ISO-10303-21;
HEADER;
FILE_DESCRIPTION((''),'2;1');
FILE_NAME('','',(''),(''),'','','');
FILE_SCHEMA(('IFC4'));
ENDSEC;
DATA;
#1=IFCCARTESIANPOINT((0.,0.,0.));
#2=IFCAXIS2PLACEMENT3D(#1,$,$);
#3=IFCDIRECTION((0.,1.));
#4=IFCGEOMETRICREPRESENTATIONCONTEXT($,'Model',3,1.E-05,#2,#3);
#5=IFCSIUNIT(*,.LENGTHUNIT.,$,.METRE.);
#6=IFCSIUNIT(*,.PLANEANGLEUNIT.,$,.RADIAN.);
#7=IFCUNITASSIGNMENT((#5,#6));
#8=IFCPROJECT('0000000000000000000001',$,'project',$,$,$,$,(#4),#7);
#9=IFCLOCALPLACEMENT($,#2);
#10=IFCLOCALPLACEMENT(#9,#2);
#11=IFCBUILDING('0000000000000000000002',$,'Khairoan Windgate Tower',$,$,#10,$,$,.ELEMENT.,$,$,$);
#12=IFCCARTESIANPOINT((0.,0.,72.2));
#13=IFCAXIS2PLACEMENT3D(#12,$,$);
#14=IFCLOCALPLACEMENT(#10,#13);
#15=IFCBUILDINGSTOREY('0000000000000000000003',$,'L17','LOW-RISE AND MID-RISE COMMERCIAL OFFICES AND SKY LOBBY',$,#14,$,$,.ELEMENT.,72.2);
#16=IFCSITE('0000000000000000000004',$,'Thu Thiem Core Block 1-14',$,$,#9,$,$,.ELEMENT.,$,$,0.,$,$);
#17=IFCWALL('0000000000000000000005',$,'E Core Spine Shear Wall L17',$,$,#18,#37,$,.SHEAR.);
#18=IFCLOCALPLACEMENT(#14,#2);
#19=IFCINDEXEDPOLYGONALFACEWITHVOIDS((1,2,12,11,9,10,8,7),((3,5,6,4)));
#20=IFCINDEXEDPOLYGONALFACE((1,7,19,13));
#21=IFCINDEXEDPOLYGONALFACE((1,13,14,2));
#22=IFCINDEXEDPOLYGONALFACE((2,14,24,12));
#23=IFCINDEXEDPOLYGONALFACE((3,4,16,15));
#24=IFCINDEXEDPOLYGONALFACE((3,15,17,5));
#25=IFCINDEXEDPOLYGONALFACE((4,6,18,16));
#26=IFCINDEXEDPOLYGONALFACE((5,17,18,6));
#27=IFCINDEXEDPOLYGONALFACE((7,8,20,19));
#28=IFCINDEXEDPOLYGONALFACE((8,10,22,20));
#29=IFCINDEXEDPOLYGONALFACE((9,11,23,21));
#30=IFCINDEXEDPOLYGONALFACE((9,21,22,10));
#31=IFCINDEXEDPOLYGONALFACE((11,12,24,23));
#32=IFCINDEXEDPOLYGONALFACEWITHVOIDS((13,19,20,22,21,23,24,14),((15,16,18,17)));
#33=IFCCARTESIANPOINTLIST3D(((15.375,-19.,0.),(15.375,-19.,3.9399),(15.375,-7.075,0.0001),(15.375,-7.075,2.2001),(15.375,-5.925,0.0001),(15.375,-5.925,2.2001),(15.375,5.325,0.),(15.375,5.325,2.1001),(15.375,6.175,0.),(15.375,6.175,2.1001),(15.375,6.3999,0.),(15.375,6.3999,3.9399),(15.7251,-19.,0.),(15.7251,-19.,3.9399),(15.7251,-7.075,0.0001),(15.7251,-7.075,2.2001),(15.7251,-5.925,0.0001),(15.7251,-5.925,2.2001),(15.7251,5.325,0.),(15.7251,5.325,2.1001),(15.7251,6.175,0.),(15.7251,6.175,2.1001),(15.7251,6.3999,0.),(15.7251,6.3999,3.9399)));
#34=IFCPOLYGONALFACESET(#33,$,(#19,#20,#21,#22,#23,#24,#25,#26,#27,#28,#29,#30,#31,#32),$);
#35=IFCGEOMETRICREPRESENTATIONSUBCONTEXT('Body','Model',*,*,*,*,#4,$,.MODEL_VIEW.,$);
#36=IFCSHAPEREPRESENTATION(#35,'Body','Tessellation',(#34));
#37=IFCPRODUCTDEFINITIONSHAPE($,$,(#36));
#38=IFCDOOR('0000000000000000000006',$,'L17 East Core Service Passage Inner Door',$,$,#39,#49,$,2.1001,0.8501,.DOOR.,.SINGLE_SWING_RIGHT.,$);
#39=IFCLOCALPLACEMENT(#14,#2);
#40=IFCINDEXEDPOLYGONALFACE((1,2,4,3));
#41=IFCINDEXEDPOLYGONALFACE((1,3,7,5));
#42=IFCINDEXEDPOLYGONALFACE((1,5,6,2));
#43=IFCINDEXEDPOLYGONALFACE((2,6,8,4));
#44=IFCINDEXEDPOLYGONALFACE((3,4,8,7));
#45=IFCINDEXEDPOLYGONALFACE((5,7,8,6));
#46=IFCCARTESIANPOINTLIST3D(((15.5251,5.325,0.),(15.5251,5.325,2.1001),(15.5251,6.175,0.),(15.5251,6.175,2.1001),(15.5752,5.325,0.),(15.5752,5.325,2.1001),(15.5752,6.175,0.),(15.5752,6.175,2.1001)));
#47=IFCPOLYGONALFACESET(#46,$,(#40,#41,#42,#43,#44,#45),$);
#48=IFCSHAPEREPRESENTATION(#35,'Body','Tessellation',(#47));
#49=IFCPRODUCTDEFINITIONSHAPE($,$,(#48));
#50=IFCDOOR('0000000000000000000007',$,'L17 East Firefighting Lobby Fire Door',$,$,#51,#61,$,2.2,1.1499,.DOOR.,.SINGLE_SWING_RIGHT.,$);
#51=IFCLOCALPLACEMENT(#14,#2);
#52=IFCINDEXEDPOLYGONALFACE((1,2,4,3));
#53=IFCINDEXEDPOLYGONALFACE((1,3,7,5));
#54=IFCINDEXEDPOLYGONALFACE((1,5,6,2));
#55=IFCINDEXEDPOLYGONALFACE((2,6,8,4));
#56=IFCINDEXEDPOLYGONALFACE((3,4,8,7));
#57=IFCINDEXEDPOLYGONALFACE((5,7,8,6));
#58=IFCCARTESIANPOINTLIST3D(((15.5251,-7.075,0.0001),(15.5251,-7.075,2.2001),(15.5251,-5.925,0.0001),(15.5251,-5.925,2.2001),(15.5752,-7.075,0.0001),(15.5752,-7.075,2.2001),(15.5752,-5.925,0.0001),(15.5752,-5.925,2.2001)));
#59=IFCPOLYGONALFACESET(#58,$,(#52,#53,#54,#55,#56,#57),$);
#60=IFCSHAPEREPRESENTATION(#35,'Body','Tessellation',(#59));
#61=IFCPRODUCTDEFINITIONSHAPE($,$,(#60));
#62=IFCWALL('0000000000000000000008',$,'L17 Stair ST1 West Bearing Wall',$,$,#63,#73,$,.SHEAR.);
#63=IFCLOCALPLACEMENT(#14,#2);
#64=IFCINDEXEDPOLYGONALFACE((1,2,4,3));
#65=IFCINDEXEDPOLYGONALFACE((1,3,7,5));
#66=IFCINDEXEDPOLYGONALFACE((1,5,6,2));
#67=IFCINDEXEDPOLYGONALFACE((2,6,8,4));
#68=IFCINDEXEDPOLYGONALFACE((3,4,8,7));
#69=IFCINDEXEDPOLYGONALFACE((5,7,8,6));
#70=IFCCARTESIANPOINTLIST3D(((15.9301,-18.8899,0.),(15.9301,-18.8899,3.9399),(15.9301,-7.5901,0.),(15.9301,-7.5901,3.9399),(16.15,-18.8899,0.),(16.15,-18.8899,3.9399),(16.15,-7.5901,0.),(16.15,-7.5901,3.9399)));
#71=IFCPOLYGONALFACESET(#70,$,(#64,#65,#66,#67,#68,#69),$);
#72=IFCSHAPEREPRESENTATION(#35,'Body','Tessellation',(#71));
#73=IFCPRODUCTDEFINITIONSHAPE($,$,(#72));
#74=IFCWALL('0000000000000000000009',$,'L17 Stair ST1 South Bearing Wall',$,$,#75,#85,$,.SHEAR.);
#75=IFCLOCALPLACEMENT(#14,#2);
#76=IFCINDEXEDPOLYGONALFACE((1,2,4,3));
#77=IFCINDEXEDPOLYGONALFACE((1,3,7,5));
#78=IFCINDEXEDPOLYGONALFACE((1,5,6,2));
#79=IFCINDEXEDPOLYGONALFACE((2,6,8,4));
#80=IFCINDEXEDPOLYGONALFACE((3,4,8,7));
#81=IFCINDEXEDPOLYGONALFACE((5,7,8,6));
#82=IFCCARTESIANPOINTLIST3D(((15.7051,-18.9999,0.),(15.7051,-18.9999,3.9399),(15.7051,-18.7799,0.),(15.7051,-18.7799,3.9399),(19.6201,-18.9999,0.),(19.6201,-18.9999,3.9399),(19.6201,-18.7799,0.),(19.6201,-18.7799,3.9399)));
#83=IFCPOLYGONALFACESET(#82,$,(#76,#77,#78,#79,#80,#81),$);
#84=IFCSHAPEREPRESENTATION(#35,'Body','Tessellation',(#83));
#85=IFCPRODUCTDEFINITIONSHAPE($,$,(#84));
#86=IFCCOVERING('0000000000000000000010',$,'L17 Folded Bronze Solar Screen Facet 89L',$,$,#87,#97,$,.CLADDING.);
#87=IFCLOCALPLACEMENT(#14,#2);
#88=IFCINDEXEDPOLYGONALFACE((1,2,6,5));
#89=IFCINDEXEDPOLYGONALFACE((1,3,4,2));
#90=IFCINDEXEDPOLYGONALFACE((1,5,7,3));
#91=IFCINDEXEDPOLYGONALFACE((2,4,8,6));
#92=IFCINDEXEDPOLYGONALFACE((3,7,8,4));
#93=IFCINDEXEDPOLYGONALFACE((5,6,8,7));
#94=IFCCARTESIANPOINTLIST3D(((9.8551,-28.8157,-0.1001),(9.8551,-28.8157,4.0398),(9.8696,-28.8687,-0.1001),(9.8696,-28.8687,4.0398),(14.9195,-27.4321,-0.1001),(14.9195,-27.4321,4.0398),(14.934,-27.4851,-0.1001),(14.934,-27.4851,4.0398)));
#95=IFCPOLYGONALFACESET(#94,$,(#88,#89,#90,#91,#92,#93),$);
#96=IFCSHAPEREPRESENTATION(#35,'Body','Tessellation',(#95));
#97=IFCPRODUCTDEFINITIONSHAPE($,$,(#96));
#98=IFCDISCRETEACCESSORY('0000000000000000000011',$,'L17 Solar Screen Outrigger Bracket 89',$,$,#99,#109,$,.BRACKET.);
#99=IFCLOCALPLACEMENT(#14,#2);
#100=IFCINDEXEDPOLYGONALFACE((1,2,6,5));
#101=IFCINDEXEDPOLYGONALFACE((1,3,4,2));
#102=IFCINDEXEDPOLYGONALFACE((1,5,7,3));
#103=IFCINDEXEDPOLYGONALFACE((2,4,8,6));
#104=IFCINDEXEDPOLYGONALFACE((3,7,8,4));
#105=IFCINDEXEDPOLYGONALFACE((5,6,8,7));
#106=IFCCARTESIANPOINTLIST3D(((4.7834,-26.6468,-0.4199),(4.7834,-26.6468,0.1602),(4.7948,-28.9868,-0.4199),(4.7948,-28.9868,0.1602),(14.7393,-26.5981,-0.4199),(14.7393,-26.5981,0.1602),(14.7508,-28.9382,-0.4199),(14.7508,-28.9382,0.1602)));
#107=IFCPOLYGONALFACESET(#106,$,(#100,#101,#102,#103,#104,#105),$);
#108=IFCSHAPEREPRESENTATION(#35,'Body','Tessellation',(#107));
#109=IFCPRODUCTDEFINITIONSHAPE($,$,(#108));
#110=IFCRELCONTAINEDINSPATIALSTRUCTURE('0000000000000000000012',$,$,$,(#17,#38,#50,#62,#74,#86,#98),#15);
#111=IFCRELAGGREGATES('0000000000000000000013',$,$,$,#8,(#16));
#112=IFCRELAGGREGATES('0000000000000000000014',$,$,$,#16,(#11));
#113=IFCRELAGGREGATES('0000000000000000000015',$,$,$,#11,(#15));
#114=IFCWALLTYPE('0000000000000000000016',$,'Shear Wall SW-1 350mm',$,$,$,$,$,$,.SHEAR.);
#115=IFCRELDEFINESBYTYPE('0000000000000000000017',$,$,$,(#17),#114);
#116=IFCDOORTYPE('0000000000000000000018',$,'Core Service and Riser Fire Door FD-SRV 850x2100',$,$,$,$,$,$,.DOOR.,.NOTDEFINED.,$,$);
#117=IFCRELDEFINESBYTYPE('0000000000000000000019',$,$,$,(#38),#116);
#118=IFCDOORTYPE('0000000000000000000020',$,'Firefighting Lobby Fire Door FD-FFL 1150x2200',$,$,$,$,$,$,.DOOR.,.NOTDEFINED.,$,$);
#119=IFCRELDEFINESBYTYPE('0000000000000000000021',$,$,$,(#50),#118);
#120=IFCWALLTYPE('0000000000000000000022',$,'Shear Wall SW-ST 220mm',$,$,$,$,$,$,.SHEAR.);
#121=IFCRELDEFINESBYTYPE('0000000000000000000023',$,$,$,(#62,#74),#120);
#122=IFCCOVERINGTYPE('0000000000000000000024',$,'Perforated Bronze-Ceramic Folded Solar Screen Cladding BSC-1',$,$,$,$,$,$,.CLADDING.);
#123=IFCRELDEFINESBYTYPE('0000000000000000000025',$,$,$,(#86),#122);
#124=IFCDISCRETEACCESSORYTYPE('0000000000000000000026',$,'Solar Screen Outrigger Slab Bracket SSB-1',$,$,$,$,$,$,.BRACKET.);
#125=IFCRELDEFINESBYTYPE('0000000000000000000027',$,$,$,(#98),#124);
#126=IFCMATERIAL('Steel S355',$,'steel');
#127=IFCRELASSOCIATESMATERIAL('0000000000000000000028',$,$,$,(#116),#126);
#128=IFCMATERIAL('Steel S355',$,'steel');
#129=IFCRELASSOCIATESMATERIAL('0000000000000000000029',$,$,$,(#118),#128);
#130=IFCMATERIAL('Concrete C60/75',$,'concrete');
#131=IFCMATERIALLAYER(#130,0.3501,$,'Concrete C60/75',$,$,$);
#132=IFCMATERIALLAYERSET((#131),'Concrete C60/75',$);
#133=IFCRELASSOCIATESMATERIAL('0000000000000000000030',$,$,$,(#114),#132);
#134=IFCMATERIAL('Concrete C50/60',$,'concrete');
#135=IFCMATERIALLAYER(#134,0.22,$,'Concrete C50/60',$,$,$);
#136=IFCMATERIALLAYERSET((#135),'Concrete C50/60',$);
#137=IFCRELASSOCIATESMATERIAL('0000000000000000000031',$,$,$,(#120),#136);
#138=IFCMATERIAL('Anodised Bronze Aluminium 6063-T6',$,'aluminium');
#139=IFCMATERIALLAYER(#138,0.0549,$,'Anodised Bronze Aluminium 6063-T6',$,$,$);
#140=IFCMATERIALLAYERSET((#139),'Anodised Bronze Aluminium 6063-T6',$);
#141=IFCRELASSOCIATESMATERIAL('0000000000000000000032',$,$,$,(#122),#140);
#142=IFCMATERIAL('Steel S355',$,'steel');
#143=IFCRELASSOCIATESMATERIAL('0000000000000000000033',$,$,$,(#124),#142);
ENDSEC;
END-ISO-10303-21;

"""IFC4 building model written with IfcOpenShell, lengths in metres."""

from ifc_helpers import new_model, si_unit, direction, frame, frame_2d, origin, origin_2d, place, context, subcontext, project, spatial, rectangle, extrude, material, layer, layer_set, type_object, element, fill, save


model = new_model("IFC4")

# Units and contexts
model_context = context("Model", 3, precision=1e-05, world=origin(), true_north=direction((0.0, 1.0)))
body_context = subcontext(model_context, "Body", "Model", "MODEL_VIEW")
ifc_project = project(units=[si_unit("LENGTHUNIT", "METRE"), si_unit("PLANEANGLEUNIT", "RADIAN")], contexts=[model_context])

# Site, building, storey
site_placement = place(None, origin())
site = spatial("IfcSite", under=ifc_project, at=site_placement, Name="Thu Thiem Core Block 1-14", CompositionType="ELEMENT", RefElevation=0.0)
building_placement = place(site_placement, origin())
building = spatial("IfcBuilding", under=site, at=building_placement, Name="Khairoan Windgate Tower", CompositionType="ELEMENT")
storey_placement = place(building_placement, frame((0.0, 0.0, 72.2)))
storey = spatial("IfcBuildingStorey", under=building, at=storey_placement, Name="L17", Description="LOW-RISE AND MID-RISE COMMERCIAL OFFICES AND SKY LOBBY", CompositionType="ELEMENT", Elevation=72.2)

# Shared definitions
ifc_material_1 = material(Name="Steel S355", Category="steel")
door_type_1 = type_object("IfcDoorType", Name="Core Service and Riser Fire Door FD-SRV 850x2100", OperationType="NOTDEFINED", PredefinedType="DOOR", material=ifc_material_1)

# Shared definitions
ifc_material_2 = material(Name="Steel S355", Category="steel")
door_type_2 = type_object("IfcDoorType", Name="Firefighting Lobby Fire Door FD-FFL 1150x2200", OperationType="NOTDEFINED", PredefinedType="DOOR", material=ifc_material_2)

# Wall, openings, doors
ifc_material_3 = material(Name="Concrete C60/75", Category="concrete")
ifc_layer_1 = layer(ifc_material_3, 0.3501, Name="Concrete C60/75")
ifc_layer_set_1 = layer_set([ifc_layer_1], Name="Concrete C60/75")
wall_type_1 = type_object("IfcWallType", Name="Shear Wall SW-1 350mm", PredefinedType="SHEAR", material=ifc_layer_set_1)
wall_1_placement = place(storey_placement, frame((15.55, -19.0, 0.0), z_axis=(0.0, 0.0, 1.0), x_axis=(0.0, 1.0, 0.0)))
wall_1 = element("IfcWall", 1, at=wall_1_placement, inside=storey, type_object=wall_type_1, Name="E Core Spine Shear Wall L17", PredefinedType="SHEAR", context=body_context, shape_type="SweptSolid", body=[
    extrude(rectangle(XDim=25.3999, YDim=0.3501, at=frame_2d((12.7, 0.0))), origin(), (0.0, 0.0, 1.0), 3.9399),
])
opening_1_placement = place(wall_1_placement, frame((11.925, 0.0, 0.0)))
opening_1 = element("IfcOpeningElement", 2, at=opening_1_placement, cuts=wall_1, PredefinedType="OPENING", context=body_context, shape_type="SweptSolid", body=[
    extrude(rectangle(XDim=1.1499, YDim=2.2, at=frame_2d((0.575, 1.1001))), frame((0.0, 0.1851, 0.0), z_axis=(0.0, -1.0, 0.0), x_axis=(1.0, 0.0, 0.0)), (0.0, 0.0, 1.0), 0.3701),
])
opening_2_placement = place(wall_1_placement, frame((24.325, 0.0, 0.0)))
opening_2 = element("IfcOpeningElement", 3, at=opening_2_placement, cuts=wall_1, PredefinedType="OPENING", context=body_context, shape_type="SweptSolid", body=[
    extrude(rectangle(XDim=0.8501, YDim=2.1001, at=frame_2d((0.425, 1.05))), frame((0.0, 0.1851, 0.0), z_axis=(0.0, -1.0, 0.0), x_axis=(1.0, 0.0, 0.0)), (0.0, 0.0, 1.0), 0.3701),
])
door_1_placement = place(opening_2_placement, origin())
door_1 = element("IfcDoor", 4, at=door_1_placement, inside=storey, type_object=door_type_1, Name="L17 East Core Service Passage Inner Door", OperationType="SINGLE_SWING_RIGHT", OverallHeight=2.1001, OverallWidth=0.8501, PredefinedType="DOOR", context=body_context, shape_type="SweptSolid", body=[
    extrude(rectangle(XDim=0.8501, YDim=2.1001, at=frame_2d((0.425, 1.05))), frame((0.0, 0.0249, 0.0), z_axis=(0.0, -1.0, 0.0), x_axis=(1.0, 0.0, 0.0)), (0.0, 0.0, 1.0), 0.05),
])
fill(opening_2, door_1)
door_2_placement = place(opening_1_placement, origin())
door_2 = element("IfcDoor", 5, at=door_2_placement, inside=storey, type_object=door_type_2, Name="L17 East Firefighting Lobby Fire Door", OperationType="SINGLE_SWING_RIGHT", OverallHeight=2.2, OverallWidth=1.1499, PredefinedType="DOOR", context=body_context, shape_type="SweptSolid", body=[
    extrude(rectangle(XDim=1.1499, YDim=2.2, at=frame_2d((0.575, 1.1001))), frame((0.0, 0.0249, 0.0), z_axis=(0.0, -1.0, 0.0), x_axis=(1.0, 0.0, 0.0)), (0.0, 0.0, 1.0), 0.05),
])
fill(opening_1, door_2)

# Walls
ifc_material_4 = material(Name="Concrete C50/60", Category="concrete")
ifc_layer_2 = layer(ifc_material_4, 0.22, Name="Concrete C50/60")
ifc_layer_set_2 = layer_set([ifc_layer_2], Name="Concrete C50/60")
wall_type_2 = type_object("IfcWallType", Name="Shear Wall SW-ST 220mm", PredefinedType="SHEAR", material=ifc_layer_set_2)
wall_2_placement = place(storey_placement, frame((16.04, -18.8899, 0.0), z_axis=(0.0, 0.0, 1.0), x_axis=(0.0, 1.0, 0.0)))
element("IfcWall", 6, at=wall_2_placement, inside=storey, type_object=wall_type_2, Name="L17 Stair ST1 West Bearing Wall", PredefinedType="SHEAR", context=body_context, shape_type="SweptSolid", body=[
    extrude(rectangle(XDim=11.2998, YDim=0.22, at=frame_2d((5.6499, 0.0))), origin(), (0.0, 0.0, 1.0), 3.9399),
])
wall_3_placement = place(storey_placement, frame((15.7051, -18.8899, 0.0), z_axis=(0.0, 0.0, 1.0), x_axis=(1.0, 0.0, 0.0)))
element("IfcWall", 7, at=wall_3_placement, inside=storey, type_object=wall_type_2, Name="L17 Stair ST1 South Bearing Wall", PredefinedType="SHEAR", context=body_context, shape_type="SweptSolid", body=[
    extrude(rectangle(XDim=3.915, YDim=0.22, at=frame_2d((1.9575, 0.0))), origin(), (0.0, 0.0, 1.0), 3.9399),
])

# Covering
ifc_material_5 = material(Name="Anodised Bronze Aluminium 6063-T6", Category="aluminium")
ifc_layer_3 = layer(ifc_material_5, 0.0549, Name="Anodised Bronze Aluminium 6063-T6")
ifc_layer_set_3 = layer_set([ifc_layer_3], Name="Anodised Bronze Aluminium 6063-T6")
covering_type = type_object("IfcCoveringType", Name="Perforated Bronze-Ceramic Folded Solar Screen Cladding BSC-1", PredefinedType="CLADDING", material=ifc_layer_set_3)
covering_placement = place(storey_placement, frame((12.3945, -28.1504, -0.1001), z_axis=(0.0, 0.0, 1.0), x_axis=(-0.964649, -0.263536, 0.0)))
element("IfcCovering", 8, at=covering_placement, inside=storey, type_object=covering_type, Name="L17 Folded Bronze Solar Screen Facet 89L", PredefinedType="CLADDING", context=body_context, shape_type="SweptSolid", body=[
    extrude(rectangle(XDim=5.25, YDim=0.0549, at=origin_2d()), origin(), (0.0, 0.0, 1.0), 4.1399),
])

# Discrete accessory
ifc_material_6 = material(Name="Steel S355", Category="steel")
discrete_accessory_type = type_object("IfcDiscreteAccessoryType", Name="Solar Screen Outrigger Slab Bracket SSB-1", PredefinedType="BRACKET", material=ifc_material_6)
discrete_accessory_placement = place(storey_placement, frame((9.7671, -27.7925, -0.4199), z_axis=(0.0, 0.0, 1.0), x_axis=(-0.999988, -0.004887, 0.0)))
element("IfcDiscreteAccessory", 9, at=discrete_accessory_placement, inside=storey, type_object=discrete_accessory_type, Name="L17 Solar Screen Outrigger Bracket 89", PredefinedType="BRACKET", context=body_context, shape_type="SweptSolid", body=[
    extrude(rectangle(XDim=9.9561, YDim=2.3401, at=origin_2d()), origin(), (0.0, 0.0, 1.0), 0.5801),
])

save(model, "model.ifc")
